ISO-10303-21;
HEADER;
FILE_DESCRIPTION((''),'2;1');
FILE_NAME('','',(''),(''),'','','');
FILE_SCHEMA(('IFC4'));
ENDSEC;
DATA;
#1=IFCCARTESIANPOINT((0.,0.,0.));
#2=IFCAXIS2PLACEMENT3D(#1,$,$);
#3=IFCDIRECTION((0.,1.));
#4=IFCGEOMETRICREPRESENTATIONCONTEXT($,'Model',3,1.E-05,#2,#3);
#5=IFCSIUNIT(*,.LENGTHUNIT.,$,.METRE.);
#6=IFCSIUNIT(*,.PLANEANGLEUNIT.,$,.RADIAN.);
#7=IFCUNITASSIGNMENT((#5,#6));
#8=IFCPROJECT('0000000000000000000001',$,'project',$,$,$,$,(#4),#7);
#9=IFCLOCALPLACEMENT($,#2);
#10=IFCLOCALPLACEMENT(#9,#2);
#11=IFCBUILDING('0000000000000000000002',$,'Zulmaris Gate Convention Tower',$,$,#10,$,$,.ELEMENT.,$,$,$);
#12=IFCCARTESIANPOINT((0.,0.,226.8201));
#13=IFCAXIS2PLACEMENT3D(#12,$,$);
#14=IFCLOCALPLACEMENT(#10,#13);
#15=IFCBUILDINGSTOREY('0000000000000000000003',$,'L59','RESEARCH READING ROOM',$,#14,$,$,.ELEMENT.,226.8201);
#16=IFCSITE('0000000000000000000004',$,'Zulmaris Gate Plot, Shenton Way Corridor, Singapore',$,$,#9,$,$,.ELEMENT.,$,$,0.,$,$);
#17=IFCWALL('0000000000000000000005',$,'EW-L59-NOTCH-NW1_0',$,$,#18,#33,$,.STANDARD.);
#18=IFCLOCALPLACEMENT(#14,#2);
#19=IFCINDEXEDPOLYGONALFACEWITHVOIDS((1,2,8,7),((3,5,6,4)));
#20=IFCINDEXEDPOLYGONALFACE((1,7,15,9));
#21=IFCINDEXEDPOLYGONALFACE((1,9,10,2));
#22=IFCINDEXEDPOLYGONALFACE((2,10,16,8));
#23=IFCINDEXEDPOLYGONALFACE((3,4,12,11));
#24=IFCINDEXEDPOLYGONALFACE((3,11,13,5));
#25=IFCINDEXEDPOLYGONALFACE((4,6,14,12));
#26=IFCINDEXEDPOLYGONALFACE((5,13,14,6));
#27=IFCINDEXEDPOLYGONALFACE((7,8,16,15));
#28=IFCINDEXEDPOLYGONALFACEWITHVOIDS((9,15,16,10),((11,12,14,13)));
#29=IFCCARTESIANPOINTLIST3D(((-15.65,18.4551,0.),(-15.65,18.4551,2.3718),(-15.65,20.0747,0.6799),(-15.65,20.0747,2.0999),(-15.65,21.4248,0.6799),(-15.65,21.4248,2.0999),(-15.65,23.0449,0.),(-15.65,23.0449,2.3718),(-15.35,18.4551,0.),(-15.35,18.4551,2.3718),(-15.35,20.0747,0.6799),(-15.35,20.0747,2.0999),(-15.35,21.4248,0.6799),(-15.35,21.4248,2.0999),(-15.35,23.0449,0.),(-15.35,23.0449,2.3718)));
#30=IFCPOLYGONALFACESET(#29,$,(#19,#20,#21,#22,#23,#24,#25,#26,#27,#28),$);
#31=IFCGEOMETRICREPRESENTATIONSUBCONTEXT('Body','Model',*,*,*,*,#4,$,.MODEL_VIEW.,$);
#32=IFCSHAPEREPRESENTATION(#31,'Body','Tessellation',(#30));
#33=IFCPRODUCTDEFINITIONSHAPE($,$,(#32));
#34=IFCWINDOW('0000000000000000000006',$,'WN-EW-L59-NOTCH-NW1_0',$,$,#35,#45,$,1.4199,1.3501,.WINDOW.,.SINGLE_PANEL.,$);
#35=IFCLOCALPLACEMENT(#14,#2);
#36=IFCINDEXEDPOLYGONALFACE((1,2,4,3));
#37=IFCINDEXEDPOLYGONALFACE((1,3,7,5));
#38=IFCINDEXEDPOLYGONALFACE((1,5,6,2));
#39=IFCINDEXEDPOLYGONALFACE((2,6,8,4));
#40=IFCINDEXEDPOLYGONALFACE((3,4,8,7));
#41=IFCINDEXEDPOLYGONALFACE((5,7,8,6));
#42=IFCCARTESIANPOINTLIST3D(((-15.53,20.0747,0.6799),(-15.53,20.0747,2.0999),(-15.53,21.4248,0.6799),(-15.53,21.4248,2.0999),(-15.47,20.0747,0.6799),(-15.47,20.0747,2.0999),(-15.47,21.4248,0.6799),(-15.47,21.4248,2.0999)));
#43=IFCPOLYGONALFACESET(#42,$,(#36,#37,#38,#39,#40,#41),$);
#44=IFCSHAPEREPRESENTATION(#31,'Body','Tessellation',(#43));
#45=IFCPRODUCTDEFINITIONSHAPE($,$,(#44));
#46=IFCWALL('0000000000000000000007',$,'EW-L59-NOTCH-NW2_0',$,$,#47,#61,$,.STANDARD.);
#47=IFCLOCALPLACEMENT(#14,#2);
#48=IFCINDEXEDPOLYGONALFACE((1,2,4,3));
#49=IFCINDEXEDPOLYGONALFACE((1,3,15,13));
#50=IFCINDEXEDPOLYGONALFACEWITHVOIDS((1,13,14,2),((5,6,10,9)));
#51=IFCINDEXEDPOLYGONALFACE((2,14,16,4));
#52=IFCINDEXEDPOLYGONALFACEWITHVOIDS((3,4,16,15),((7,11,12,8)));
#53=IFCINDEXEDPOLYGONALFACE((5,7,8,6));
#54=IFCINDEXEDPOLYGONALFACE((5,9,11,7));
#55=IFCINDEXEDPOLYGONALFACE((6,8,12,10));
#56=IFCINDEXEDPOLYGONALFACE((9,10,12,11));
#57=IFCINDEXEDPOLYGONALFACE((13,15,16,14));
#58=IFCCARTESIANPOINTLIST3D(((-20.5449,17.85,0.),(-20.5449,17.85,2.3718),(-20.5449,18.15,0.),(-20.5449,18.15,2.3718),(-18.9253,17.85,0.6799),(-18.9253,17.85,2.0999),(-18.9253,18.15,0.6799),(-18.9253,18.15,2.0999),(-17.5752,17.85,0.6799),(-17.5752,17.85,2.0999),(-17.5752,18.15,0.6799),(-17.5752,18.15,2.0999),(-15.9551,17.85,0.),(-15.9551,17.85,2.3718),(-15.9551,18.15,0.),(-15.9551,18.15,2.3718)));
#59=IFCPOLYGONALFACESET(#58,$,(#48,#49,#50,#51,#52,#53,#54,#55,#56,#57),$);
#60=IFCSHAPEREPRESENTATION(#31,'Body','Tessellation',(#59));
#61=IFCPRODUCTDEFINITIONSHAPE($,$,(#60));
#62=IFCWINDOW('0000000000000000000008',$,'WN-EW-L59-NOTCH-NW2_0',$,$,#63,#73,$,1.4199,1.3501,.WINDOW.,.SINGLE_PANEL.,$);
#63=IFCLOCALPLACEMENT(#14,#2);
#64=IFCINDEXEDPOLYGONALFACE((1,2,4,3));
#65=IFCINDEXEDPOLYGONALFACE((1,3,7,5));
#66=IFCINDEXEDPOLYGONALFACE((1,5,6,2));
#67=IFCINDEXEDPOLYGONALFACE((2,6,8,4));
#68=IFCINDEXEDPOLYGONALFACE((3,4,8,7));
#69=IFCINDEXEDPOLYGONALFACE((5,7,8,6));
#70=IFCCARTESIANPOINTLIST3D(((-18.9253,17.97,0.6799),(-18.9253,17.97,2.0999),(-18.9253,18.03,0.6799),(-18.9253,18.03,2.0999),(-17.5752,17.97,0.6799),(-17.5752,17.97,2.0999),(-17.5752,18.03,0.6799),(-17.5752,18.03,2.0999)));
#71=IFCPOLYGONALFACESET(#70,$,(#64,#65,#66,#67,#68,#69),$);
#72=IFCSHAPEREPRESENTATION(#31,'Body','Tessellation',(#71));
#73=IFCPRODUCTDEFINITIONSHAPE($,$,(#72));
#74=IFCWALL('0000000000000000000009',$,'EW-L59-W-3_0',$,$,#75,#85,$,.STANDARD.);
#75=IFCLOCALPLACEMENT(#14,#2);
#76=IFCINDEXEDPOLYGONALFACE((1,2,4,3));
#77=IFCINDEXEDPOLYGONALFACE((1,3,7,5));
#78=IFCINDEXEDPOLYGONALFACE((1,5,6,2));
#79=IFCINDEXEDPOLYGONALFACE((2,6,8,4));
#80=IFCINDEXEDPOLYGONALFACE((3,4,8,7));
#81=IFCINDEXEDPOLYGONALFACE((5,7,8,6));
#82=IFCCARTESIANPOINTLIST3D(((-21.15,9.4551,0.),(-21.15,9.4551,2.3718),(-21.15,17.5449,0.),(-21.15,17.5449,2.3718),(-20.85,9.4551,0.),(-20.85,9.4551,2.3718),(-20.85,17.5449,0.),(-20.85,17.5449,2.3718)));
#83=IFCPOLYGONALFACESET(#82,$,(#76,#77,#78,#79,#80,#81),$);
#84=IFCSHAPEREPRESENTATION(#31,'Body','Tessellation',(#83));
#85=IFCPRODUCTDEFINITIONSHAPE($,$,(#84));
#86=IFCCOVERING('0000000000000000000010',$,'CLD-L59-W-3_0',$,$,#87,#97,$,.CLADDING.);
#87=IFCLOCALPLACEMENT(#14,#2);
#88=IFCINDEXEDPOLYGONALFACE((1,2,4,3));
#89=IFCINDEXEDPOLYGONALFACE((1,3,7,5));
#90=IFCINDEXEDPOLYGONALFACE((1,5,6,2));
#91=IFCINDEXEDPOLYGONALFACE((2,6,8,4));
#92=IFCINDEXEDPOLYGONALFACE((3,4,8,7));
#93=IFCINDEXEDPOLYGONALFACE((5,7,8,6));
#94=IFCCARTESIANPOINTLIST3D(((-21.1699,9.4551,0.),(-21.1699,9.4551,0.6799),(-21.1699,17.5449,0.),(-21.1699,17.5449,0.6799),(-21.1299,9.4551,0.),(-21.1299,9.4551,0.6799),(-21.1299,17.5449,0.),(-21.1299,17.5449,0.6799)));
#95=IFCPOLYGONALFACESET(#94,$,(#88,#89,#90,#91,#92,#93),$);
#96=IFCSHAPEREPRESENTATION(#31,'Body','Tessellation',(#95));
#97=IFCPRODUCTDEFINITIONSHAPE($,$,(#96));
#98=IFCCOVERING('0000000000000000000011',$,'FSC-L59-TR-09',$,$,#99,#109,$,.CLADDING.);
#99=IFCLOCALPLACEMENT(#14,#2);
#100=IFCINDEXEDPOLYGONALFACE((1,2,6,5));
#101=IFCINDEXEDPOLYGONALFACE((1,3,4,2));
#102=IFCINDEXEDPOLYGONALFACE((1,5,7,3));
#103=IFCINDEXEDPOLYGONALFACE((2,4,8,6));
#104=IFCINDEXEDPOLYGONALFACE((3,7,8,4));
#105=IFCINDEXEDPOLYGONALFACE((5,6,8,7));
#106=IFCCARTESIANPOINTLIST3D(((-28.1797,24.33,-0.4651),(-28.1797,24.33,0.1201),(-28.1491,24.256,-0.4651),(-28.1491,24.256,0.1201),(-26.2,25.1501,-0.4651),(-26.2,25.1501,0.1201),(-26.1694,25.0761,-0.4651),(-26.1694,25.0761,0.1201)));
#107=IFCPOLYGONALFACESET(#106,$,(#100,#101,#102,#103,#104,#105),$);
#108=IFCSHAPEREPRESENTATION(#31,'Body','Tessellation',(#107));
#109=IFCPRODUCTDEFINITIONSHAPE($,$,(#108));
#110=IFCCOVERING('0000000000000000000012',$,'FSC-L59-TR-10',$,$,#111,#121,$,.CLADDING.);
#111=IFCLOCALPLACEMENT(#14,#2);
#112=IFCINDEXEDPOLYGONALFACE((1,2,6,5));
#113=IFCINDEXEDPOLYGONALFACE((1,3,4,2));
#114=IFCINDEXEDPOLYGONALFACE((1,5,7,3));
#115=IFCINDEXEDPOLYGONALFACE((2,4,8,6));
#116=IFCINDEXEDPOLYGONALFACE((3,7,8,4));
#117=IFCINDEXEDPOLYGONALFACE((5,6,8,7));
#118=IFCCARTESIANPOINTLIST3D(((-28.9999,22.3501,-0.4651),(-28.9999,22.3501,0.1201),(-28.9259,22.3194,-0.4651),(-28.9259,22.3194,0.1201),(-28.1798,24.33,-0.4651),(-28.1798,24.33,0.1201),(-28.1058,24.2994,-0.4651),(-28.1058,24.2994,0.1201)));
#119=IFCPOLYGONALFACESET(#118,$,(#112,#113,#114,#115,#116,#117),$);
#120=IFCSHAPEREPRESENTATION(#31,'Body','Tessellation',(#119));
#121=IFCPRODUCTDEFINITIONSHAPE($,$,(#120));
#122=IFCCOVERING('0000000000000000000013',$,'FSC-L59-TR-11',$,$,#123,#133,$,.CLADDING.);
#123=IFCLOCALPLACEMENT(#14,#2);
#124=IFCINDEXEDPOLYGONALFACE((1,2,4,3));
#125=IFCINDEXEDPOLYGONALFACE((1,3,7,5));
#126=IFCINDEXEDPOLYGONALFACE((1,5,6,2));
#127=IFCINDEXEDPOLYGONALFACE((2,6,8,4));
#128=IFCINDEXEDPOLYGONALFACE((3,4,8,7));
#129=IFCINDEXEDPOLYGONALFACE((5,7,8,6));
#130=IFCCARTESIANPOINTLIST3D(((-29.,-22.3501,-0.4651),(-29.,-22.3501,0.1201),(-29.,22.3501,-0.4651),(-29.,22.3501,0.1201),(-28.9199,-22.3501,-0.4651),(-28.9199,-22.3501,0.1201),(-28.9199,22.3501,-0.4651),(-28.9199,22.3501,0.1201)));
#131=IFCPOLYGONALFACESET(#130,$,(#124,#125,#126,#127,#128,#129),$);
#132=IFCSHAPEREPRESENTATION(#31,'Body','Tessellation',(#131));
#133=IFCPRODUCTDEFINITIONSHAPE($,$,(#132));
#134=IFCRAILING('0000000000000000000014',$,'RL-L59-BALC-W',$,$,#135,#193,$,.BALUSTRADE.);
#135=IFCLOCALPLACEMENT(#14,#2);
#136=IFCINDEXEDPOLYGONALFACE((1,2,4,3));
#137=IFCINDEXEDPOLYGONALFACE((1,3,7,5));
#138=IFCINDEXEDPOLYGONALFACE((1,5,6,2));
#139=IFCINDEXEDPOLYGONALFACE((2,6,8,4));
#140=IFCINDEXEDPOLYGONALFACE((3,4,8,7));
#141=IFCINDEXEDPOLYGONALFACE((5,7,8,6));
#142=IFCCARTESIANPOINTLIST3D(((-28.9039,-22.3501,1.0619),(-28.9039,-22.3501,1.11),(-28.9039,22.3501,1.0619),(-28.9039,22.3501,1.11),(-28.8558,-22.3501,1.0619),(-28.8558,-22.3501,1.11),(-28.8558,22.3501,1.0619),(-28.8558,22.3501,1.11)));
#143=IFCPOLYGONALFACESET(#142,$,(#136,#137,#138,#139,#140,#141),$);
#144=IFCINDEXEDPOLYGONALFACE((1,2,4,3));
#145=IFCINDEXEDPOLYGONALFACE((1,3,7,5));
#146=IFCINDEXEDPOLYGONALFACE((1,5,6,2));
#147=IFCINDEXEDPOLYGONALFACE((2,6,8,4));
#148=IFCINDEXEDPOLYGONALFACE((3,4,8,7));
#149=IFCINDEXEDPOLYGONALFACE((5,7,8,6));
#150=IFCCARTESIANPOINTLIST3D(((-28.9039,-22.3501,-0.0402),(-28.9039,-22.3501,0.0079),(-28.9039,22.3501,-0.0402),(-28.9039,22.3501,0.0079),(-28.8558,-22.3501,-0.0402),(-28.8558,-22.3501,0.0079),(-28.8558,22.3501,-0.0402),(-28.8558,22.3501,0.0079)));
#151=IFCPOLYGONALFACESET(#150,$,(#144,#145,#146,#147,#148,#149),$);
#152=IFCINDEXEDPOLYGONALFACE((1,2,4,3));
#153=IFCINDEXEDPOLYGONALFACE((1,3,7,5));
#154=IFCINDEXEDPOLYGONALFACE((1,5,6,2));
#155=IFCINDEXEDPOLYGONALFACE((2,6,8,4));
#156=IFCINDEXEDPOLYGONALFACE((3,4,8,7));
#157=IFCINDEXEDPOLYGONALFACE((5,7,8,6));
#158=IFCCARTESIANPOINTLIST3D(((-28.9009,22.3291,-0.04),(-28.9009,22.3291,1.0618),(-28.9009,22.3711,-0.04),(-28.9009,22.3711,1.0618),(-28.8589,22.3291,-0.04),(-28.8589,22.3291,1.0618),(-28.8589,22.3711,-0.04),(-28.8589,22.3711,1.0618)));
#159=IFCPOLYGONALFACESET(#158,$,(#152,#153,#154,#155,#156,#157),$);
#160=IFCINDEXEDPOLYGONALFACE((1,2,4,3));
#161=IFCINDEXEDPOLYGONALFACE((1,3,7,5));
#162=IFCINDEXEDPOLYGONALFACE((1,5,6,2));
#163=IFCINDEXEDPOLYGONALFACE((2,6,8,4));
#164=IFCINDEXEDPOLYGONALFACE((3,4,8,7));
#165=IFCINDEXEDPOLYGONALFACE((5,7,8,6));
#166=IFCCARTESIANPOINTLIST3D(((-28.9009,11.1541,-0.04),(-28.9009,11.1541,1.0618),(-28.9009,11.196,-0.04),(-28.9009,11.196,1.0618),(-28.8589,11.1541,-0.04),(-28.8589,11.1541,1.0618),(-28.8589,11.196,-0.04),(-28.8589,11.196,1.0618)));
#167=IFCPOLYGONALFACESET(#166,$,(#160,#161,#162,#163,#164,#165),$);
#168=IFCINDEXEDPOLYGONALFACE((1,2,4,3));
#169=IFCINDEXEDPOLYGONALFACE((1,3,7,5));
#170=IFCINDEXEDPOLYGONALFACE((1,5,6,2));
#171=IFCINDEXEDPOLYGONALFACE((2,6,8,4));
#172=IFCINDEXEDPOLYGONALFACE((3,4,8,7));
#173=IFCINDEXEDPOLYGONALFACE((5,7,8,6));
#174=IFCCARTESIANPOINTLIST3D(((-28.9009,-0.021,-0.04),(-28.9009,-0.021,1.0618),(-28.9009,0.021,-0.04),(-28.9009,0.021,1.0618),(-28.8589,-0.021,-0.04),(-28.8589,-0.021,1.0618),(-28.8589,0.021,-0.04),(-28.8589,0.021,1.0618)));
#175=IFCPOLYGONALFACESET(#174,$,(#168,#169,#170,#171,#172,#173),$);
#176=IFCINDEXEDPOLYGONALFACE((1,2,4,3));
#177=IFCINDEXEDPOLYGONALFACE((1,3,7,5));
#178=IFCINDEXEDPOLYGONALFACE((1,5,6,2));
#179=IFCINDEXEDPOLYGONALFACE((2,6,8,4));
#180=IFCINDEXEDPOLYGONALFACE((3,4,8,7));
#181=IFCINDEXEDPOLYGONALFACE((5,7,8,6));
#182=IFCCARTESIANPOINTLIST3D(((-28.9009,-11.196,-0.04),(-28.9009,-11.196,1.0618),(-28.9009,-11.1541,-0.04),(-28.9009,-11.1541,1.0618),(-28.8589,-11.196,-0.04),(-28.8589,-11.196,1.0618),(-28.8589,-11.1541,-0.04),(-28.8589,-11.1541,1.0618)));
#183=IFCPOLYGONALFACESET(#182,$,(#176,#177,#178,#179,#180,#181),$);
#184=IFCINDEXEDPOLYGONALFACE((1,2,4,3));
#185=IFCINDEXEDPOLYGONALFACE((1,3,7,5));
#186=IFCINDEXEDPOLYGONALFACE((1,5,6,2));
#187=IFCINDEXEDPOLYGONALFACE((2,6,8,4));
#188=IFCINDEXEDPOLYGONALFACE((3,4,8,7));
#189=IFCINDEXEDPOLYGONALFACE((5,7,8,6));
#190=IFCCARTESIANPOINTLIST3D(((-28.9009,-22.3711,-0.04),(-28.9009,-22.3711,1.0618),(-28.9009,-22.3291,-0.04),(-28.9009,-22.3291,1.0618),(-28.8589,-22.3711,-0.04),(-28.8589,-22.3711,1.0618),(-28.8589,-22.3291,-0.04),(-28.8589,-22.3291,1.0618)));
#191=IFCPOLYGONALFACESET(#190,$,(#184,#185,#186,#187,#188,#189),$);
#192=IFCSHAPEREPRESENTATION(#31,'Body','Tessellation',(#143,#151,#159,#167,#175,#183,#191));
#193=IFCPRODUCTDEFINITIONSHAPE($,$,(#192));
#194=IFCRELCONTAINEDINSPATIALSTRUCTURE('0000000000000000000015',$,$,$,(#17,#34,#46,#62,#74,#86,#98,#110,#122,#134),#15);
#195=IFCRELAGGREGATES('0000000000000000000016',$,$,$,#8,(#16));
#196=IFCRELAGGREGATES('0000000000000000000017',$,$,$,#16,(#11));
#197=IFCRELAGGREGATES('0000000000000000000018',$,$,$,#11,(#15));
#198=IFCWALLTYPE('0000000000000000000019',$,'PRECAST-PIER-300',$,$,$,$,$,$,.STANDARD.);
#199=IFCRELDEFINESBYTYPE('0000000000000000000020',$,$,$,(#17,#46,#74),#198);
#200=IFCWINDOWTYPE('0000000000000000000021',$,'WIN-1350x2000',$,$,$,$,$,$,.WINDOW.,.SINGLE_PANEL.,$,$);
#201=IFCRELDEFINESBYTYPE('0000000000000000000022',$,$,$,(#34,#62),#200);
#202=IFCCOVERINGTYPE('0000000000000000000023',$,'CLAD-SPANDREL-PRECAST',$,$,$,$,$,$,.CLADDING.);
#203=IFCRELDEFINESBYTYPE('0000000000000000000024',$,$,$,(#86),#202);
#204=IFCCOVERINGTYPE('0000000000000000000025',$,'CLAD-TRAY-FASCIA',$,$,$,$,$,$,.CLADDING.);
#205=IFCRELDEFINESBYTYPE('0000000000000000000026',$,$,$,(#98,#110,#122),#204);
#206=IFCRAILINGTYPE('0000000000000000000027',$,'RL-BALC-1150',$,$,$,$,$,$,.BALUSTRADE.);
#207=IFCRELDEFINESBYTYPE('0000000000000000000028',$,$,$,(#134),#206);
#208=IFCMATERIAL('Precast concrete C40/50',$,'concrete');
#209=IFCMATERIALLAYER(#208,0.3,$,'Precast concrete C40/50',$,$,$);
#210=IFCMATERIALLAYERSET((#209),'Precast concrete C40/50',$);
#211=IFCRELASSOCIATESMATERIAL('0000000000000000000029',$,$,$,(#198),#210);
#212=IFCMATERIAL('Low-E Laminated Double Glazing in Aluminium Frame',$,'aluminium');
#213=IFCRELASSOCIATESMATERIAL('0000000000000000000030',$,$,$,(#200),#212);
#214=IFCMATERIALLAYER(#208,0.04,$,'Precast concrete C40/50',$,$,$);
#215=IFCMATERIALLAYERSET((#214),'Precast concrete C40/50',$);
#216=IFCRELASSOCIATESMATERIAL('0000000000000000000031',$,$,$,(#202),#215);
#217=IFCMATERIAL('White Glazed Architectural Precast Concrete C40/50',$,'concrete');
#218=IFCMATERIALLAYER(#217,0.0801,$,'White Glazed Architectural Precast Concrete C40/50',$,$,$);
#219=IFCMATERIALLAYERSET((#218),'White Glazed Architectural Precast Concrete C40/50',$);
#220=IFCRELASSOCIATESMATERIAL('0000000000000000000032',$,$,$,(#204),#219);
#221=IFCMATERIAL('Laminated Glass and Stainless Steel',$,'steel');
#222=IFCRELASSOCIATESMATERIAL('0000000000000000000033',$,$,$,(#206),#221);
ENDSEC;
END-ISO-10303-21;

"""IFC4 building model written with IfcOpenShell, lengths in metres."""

from ifc_helpers import new_model, si_unit, direction, frame, frame_2d, origin, origin_2d, place, context, subcontext, project, spatial, rectangle, extrude, material, layer, layer_set, type_object, element, fill, save


model = new_model("IFC4")

# Units and contexts
model_context = context("Model", 3, precision=1e-05, world=origin(), true_north=direction((0.0, 1.0)))
body_context = subcontext(model_context, "Body", "Model", "MODEL_VIEW")
ifc_project = project(units=[si_unit("LENGTHUNIT", "METRE"), si_unit("PLANEANGLEUNIT", "RADIAN")], contexts=[model_context])

# Site, building, storey
site_placement = place(None, origin())
site = spatial("IfcSite", under=ifc_project, at=site_placement, Name="Zulmaris Gate Plot, Shenton Way Corridor, Singapore", CompositionType="ELEMENT", RefElevation=0.0)
building_placement = place(site_placement, origin())
building = spatial("IfcBuilding", under=site, at=building_placement, Name="Zulmaris Gate Convention Tower", CompositionType="ELEMENT")
storey_placement = place(building_placement, frame((0.0, 0.0, 226.8201)))
storey = spatial("IfcBuildingStorey", under=building, at=storey_placement, Name="L59", Description="RESEARCH READING ROOM", CompositionType="ELEMENT", Elevation=226.8201)

# Walls, openings, windows
ifc_material_1 = material(Name="Precast concrete C40/50", Category="concrete")
ifc_layer_1 = layer(ifc_material_1, 0.3, Name="Precast concrete C40/50")
ifc_layer_set_1 = layer_set([ifc_layer_1], Name="Precast concrete C40/50")
wall_type_1 = type_object("IfcWallType", Name="PRECAST-PIER-300", PredefinedType="STANDARD", material=ifc_layer_set_1)
wall_1_placement = place(storey_placement, frame((-15.5, 23.0449, 0.0), z_axis=(0.0, 0.0, 1.0), x_axis=(0.0, -1.0, 0.0)))
wall_1 = element("IfcWall", 1, at=wall_1_placement, inside=storey, type_object=wall_type_1, Name="EW-L59-NOTCH-NW1_0", PredefinedType="STANDARD", context=body_context, shape_type="SweptSolid", body=[
    extrude(rectangle(XDim=4.5898, YDim=0.3, at=frame_2d((2.2949, 0.0))), origin(), (0.0, 0.0, 1.0), 2.3718),
])
opening_1_placement = place(wall_1_placement, frame((1.6201, 0.0, 0.6799)))
opening_1 = element("IfcOpeningElement", 2, at=opening_1_placement, cuts=wall_1, PredefinedType="OPENING", context=body_context, shape_type="SweptSolid", body=[
    extrude(rectangle(XDim=1.3501, YDim=1.4199, at=frame_2d((0.675, 0.71))), frame((0.0, 0.1602, 0.0), z_axis=(0.0, -1.0, 0.0), x_axis=(1.0, 0.0, 0.0)), (0.0, 0.0, 1.0), 0.3201),
])
ifc_material_2 = material(Name="Low-E Laminated Double Glazing in Aluminium Frame", Category="aluminium")
window_type = type_object("IfcWindowType", Name="WIN-1350x2000", PartitioningType="SINGLE_PANEL", PredefinedType="WINDOW", material=ifc_material_2)
window_1_placement = place(opening_1_placement, origin())
window_1 = element("IfcWindow", 3, at=window_1_placement, inside=storey, type_object=window_type, Name="WN-EW-L59-NOTCH-NW1_0", OverallHeight=1.4199, OverallWidth=1.3501, PartitioningType="SINGLE_PANEL", PredefinedType="WINDOW", context=body_context, shape_type="SweptSolid", body=[
    extrude(rectangle(XDim=1.3501, YDim=1.4199, at=frame_2d((0.675, 0.71))), frame((0.0, 0.03, 0.0), z_axis=(0.0, -1.0, 0.0), x_axis=(1.0, 0.0, 0.0)), (0.0, 0.0, 1.0), 0.0601),
])
fill(opening_1, window_1)
wall_2_placement = place(storey_placement, frame((-15.9551, 18.0, 0.0), z_axis=(0.0, 0.0, 1.0), x_axis=(-1.0, 0.0, 0.0)))
wall_2 = element("IfcWall", 4, at=wall_2_placement, inside=storey, type_object=wall_type_1, Name="EW-L59-NOTCH-NW2_0", PredefinedType="STANDARD", context=body_context, shape_type="SweptSolid", body=[
    extrude(rectangle(XDim=4.5898, YDim=0.3, at=frame_2d((2.2949, 0.0))), origin(), (0.0, 0.0, 1.0), 2.3718),
])
opening_2_placement = place(wall_2_placement, frame((1.6201, 0.0, 0.6799)))
opening_2 = element("IfcOpeningElement", 5, at=opening_2_placement, cuts=wall_2, PredefinedType="OPENING", context=body_context, shape_type="SweptSolid", body=[
    extrude(rectangle(XDim=1.3501, YDim=1.4199, at=frame_2d((0.675, 0.71))), frame((0.0, 0.1602, 0.0), z_axis=(0.0, -1.0, 0.0), x_axis=(1.0, 0.0, 0.0)), (0.0, 0.0, 1.0), 0.3201),
])
window_2_placement = place(opening_2_placement, origin())
window_2 = element("IfcWindow", 6, at=window_2_placement, inside=storey, type_object=window_type, Name="WN-EW-L59-NOTCH-NW2_0", OverallHeight=1.4199, OverallWidth=1.3501, PartitioningType="SINGLE_PANEL", PredefinedType="WINDOW", context=body_context, shape_type="SweptSolid", body=[
    extrude(rectangle(XDim=1.3501, YDim=1.4199, at=frame_2d((0.675, 0.71))), frame((0.0, 0.03, 0.0), z_axis=(0.0, -1.0, 0.0), x_axis=(1.0, 0.0, 0.0)), (0.0, 0.0, 1.0), 0.0601),
])
fill(opening_2, window_2)

# Wall
wall_3_placement = place(storey_placement, frame((-21.0, 17.5449, 0.0), z_axis=(0.0, 0.0, 1.0), x_axis=(0.0, -1.0, 0.0)))
element("IfcWall", 7, at=wall_3_placement, inside=storey, type_object=wall_type_1, Name="EW-L59-W-3_0", PredefinedType="STANDARD", context=body_context, shape_type="SweptSolid", body=[
    extrude(rectangle(XDim=8.0898, YDim=0.3, at=frame_2d((4.0449, 0.0))), origin(), (0.0, 0.0, 1.0), 2.3718),
])

# Coverings
ifc_layer_2 = layer(ifc_material_1, 0.04, Name="Precast concrete C40/50")
ifc_layer_set_2 = layer_set([ifc_layer_2], Name="Precast concrete C40/50")
covering_type_1 = type_object("IfcCoveringType", Name="CLAD-SPANDREL-PRECAST", PredefinedType="CLADDING", material=ifc_layer_set_2)
covering_1_placement = place(storey_placement, frame((-21.1499, 17.5449, 0.0), z_axis=(0.0, 0.0, 1.0), x_axis=(0.0, -1.0, 0.0)))
element("IfcCovering", 8, at=covering_1_placement, inside=storey, type_object=covering_type_1, Name="CLD-L59-W-3_0", PredefinedType="CLADDING", context=body_context, shape_type="SweptSolid", body=[
    extrude(rectangle(XDim=8.0898, YDim=0.04, at=frame_2d((4.0449, 0.0))), origin(), (0.0, 0.0, 1.0), 0.6799),
])
ifc_material_3 = material(Name="White Glazed Architectural Precast Concrete C40/50", Category="concrete")
ifc_layer_3 = layer(ifc_material_3, 0.0801, Name="White Glazed Architectural Precast Concrete C40/50")
ifc_layer_set_3 = layer_set([ifc_layer_3], Name="White Glazed Architectural Precast Concrete C40/50")
covering_type_2 = type_object("IfcCoveringType", Name="CLAD-TRAY-FASCIA", PredefinedType="CLADDING", material=ifc_layer_set_3)
covering_2_placement = place(storey_placement, frame((-26.1848, 25.113, -0.4651), z_axis=(0.0, 0.0, 1.0), x_axis=(-0.923874, -0.382697, 0.0)))
element("IfcCovering", 9, at=covering_2_placement, inside=storey, type_object=covering_type_2, Name="FSC-L59-TR-09", PredefinedType="CLADDING", context=body_context, shape_type="SweptSolid", body=[
    extrude(rectangle(XDim=2.1428, YDim=0.0801, at=frame_2d((1.0713, 0.0))), origin(), (0.0, 0.0, 1.0), 0.5852),
])
covering_3_placement = place(storey_placement, frame((-28.1428, 24.3147, -0.4651), z_axis=(0.0, 0.0, 1.0), x_axis=(-0.382657, -0.92389, 0.0)))
element("IfcCovering", 10, at=covering_3_placement, inside=storey, type_object=covering_type_2, Name="FSC-L59-TR-10", PredefinedType="CLADDING", context=body_context, shape_type="SweptSolid", body=[
    extrude(rectangle(XDim=2.1431, YDim=0.0801, at=frame_2d((1.0715, 0.0))), origin(), (0.0, 0.0, 1.0), 0.5852),
])
covering_4_placement = place(storey_placement, frame((-28.96, 22.3501, -0.4651), z_axis=(0.0, 0.0, 1.0), x_axis=(0.0, -1.0, 0.0)))
element("IfcCovering", 11, at=covering_4_placement, inside=storey, type_object=covering_type_2, Name="FSC-L59-TR-11", PredefinedType="CLADDING", context=body_context, shape_type="SweptSolid", body=[
    extrude(rectangle(XDim=44.7002, YDim=0.0801, at=frame_2d((22.3501, 0.0))), origin(), (0.0, 0.0, 1.0), 0.5852),
])

# Railing
ifc_material_4 = material(Name="Laminated Glass and Stainless Steel", Category="steel")
railing_type = type_object("IfcRailingType", Name="RL-BALC-1150", PredefinedType="BALUSTRADE", material=ifc_material_4)
railing_placement = place(storey_placement, frame((-28.8799, 22.3501, -0.04)))
element("IfcRailing", 12, at=railing_placement, inside=storey, type_object=railing_type, Name="RL-L59-BALC-W", PredefinedType="BALUSTRADE", context=body_context, shape_type="SweptSolid", body=[
    extrude(rectangle(XDim=0.0481, YDim=0.0481, at=origin_2d()), frame((0.0, 0.0, 1.126), z_axis=(0.0, -1.0, 0.0), x_axis=(1.0, 0.0, 0.0)), (0.0, 0.0, 1.0), 44.7002),
    extrude(rectangle(XDim=0.0481, YDim=0.0481, at=origin_2d()), frame((0.0, 0.0, 0.0239), z_axis=(0.0, -1.0, 0.0), x_axis=(1.0, 0.0, 0.0)), (0.0, 0.0, 1.0), 44.7002),
    extrude(rectangle(XDim=0.042, YDim=0.042, at=origin_2d()), origin(), (0.0, 0.0, 1.0), 1.1018),
    extrude(rectangle(XDim=0.042, YDim=0.042, at=origin_2d()), frame((0.0, -11.175, 0.0)), (0.0, 0.0, 1.0), 1.1018),
    extrude(rectangle(XDim=0.042, YDim=0.042, at=origin_2d()), frame((0.0, -22.3501, 0.0)), (0.0, 0.0, 1.0), 1.1018),
    extrude(rectangle(XDim=0.042, YDim=0.042, at=origin_2d()), frame((0.0, -33.5251, 0.0)), (0.0, 0.0, 1.0), 1.1018),
    extrude(rectangle(XDim=0.042, YDim=0.042, at=origin_2d()), frame((0.0, -44.7002, 0.0)), (0.0, 0.0, 1.0), 1.1018),
])

save(model, "model.ifc")
